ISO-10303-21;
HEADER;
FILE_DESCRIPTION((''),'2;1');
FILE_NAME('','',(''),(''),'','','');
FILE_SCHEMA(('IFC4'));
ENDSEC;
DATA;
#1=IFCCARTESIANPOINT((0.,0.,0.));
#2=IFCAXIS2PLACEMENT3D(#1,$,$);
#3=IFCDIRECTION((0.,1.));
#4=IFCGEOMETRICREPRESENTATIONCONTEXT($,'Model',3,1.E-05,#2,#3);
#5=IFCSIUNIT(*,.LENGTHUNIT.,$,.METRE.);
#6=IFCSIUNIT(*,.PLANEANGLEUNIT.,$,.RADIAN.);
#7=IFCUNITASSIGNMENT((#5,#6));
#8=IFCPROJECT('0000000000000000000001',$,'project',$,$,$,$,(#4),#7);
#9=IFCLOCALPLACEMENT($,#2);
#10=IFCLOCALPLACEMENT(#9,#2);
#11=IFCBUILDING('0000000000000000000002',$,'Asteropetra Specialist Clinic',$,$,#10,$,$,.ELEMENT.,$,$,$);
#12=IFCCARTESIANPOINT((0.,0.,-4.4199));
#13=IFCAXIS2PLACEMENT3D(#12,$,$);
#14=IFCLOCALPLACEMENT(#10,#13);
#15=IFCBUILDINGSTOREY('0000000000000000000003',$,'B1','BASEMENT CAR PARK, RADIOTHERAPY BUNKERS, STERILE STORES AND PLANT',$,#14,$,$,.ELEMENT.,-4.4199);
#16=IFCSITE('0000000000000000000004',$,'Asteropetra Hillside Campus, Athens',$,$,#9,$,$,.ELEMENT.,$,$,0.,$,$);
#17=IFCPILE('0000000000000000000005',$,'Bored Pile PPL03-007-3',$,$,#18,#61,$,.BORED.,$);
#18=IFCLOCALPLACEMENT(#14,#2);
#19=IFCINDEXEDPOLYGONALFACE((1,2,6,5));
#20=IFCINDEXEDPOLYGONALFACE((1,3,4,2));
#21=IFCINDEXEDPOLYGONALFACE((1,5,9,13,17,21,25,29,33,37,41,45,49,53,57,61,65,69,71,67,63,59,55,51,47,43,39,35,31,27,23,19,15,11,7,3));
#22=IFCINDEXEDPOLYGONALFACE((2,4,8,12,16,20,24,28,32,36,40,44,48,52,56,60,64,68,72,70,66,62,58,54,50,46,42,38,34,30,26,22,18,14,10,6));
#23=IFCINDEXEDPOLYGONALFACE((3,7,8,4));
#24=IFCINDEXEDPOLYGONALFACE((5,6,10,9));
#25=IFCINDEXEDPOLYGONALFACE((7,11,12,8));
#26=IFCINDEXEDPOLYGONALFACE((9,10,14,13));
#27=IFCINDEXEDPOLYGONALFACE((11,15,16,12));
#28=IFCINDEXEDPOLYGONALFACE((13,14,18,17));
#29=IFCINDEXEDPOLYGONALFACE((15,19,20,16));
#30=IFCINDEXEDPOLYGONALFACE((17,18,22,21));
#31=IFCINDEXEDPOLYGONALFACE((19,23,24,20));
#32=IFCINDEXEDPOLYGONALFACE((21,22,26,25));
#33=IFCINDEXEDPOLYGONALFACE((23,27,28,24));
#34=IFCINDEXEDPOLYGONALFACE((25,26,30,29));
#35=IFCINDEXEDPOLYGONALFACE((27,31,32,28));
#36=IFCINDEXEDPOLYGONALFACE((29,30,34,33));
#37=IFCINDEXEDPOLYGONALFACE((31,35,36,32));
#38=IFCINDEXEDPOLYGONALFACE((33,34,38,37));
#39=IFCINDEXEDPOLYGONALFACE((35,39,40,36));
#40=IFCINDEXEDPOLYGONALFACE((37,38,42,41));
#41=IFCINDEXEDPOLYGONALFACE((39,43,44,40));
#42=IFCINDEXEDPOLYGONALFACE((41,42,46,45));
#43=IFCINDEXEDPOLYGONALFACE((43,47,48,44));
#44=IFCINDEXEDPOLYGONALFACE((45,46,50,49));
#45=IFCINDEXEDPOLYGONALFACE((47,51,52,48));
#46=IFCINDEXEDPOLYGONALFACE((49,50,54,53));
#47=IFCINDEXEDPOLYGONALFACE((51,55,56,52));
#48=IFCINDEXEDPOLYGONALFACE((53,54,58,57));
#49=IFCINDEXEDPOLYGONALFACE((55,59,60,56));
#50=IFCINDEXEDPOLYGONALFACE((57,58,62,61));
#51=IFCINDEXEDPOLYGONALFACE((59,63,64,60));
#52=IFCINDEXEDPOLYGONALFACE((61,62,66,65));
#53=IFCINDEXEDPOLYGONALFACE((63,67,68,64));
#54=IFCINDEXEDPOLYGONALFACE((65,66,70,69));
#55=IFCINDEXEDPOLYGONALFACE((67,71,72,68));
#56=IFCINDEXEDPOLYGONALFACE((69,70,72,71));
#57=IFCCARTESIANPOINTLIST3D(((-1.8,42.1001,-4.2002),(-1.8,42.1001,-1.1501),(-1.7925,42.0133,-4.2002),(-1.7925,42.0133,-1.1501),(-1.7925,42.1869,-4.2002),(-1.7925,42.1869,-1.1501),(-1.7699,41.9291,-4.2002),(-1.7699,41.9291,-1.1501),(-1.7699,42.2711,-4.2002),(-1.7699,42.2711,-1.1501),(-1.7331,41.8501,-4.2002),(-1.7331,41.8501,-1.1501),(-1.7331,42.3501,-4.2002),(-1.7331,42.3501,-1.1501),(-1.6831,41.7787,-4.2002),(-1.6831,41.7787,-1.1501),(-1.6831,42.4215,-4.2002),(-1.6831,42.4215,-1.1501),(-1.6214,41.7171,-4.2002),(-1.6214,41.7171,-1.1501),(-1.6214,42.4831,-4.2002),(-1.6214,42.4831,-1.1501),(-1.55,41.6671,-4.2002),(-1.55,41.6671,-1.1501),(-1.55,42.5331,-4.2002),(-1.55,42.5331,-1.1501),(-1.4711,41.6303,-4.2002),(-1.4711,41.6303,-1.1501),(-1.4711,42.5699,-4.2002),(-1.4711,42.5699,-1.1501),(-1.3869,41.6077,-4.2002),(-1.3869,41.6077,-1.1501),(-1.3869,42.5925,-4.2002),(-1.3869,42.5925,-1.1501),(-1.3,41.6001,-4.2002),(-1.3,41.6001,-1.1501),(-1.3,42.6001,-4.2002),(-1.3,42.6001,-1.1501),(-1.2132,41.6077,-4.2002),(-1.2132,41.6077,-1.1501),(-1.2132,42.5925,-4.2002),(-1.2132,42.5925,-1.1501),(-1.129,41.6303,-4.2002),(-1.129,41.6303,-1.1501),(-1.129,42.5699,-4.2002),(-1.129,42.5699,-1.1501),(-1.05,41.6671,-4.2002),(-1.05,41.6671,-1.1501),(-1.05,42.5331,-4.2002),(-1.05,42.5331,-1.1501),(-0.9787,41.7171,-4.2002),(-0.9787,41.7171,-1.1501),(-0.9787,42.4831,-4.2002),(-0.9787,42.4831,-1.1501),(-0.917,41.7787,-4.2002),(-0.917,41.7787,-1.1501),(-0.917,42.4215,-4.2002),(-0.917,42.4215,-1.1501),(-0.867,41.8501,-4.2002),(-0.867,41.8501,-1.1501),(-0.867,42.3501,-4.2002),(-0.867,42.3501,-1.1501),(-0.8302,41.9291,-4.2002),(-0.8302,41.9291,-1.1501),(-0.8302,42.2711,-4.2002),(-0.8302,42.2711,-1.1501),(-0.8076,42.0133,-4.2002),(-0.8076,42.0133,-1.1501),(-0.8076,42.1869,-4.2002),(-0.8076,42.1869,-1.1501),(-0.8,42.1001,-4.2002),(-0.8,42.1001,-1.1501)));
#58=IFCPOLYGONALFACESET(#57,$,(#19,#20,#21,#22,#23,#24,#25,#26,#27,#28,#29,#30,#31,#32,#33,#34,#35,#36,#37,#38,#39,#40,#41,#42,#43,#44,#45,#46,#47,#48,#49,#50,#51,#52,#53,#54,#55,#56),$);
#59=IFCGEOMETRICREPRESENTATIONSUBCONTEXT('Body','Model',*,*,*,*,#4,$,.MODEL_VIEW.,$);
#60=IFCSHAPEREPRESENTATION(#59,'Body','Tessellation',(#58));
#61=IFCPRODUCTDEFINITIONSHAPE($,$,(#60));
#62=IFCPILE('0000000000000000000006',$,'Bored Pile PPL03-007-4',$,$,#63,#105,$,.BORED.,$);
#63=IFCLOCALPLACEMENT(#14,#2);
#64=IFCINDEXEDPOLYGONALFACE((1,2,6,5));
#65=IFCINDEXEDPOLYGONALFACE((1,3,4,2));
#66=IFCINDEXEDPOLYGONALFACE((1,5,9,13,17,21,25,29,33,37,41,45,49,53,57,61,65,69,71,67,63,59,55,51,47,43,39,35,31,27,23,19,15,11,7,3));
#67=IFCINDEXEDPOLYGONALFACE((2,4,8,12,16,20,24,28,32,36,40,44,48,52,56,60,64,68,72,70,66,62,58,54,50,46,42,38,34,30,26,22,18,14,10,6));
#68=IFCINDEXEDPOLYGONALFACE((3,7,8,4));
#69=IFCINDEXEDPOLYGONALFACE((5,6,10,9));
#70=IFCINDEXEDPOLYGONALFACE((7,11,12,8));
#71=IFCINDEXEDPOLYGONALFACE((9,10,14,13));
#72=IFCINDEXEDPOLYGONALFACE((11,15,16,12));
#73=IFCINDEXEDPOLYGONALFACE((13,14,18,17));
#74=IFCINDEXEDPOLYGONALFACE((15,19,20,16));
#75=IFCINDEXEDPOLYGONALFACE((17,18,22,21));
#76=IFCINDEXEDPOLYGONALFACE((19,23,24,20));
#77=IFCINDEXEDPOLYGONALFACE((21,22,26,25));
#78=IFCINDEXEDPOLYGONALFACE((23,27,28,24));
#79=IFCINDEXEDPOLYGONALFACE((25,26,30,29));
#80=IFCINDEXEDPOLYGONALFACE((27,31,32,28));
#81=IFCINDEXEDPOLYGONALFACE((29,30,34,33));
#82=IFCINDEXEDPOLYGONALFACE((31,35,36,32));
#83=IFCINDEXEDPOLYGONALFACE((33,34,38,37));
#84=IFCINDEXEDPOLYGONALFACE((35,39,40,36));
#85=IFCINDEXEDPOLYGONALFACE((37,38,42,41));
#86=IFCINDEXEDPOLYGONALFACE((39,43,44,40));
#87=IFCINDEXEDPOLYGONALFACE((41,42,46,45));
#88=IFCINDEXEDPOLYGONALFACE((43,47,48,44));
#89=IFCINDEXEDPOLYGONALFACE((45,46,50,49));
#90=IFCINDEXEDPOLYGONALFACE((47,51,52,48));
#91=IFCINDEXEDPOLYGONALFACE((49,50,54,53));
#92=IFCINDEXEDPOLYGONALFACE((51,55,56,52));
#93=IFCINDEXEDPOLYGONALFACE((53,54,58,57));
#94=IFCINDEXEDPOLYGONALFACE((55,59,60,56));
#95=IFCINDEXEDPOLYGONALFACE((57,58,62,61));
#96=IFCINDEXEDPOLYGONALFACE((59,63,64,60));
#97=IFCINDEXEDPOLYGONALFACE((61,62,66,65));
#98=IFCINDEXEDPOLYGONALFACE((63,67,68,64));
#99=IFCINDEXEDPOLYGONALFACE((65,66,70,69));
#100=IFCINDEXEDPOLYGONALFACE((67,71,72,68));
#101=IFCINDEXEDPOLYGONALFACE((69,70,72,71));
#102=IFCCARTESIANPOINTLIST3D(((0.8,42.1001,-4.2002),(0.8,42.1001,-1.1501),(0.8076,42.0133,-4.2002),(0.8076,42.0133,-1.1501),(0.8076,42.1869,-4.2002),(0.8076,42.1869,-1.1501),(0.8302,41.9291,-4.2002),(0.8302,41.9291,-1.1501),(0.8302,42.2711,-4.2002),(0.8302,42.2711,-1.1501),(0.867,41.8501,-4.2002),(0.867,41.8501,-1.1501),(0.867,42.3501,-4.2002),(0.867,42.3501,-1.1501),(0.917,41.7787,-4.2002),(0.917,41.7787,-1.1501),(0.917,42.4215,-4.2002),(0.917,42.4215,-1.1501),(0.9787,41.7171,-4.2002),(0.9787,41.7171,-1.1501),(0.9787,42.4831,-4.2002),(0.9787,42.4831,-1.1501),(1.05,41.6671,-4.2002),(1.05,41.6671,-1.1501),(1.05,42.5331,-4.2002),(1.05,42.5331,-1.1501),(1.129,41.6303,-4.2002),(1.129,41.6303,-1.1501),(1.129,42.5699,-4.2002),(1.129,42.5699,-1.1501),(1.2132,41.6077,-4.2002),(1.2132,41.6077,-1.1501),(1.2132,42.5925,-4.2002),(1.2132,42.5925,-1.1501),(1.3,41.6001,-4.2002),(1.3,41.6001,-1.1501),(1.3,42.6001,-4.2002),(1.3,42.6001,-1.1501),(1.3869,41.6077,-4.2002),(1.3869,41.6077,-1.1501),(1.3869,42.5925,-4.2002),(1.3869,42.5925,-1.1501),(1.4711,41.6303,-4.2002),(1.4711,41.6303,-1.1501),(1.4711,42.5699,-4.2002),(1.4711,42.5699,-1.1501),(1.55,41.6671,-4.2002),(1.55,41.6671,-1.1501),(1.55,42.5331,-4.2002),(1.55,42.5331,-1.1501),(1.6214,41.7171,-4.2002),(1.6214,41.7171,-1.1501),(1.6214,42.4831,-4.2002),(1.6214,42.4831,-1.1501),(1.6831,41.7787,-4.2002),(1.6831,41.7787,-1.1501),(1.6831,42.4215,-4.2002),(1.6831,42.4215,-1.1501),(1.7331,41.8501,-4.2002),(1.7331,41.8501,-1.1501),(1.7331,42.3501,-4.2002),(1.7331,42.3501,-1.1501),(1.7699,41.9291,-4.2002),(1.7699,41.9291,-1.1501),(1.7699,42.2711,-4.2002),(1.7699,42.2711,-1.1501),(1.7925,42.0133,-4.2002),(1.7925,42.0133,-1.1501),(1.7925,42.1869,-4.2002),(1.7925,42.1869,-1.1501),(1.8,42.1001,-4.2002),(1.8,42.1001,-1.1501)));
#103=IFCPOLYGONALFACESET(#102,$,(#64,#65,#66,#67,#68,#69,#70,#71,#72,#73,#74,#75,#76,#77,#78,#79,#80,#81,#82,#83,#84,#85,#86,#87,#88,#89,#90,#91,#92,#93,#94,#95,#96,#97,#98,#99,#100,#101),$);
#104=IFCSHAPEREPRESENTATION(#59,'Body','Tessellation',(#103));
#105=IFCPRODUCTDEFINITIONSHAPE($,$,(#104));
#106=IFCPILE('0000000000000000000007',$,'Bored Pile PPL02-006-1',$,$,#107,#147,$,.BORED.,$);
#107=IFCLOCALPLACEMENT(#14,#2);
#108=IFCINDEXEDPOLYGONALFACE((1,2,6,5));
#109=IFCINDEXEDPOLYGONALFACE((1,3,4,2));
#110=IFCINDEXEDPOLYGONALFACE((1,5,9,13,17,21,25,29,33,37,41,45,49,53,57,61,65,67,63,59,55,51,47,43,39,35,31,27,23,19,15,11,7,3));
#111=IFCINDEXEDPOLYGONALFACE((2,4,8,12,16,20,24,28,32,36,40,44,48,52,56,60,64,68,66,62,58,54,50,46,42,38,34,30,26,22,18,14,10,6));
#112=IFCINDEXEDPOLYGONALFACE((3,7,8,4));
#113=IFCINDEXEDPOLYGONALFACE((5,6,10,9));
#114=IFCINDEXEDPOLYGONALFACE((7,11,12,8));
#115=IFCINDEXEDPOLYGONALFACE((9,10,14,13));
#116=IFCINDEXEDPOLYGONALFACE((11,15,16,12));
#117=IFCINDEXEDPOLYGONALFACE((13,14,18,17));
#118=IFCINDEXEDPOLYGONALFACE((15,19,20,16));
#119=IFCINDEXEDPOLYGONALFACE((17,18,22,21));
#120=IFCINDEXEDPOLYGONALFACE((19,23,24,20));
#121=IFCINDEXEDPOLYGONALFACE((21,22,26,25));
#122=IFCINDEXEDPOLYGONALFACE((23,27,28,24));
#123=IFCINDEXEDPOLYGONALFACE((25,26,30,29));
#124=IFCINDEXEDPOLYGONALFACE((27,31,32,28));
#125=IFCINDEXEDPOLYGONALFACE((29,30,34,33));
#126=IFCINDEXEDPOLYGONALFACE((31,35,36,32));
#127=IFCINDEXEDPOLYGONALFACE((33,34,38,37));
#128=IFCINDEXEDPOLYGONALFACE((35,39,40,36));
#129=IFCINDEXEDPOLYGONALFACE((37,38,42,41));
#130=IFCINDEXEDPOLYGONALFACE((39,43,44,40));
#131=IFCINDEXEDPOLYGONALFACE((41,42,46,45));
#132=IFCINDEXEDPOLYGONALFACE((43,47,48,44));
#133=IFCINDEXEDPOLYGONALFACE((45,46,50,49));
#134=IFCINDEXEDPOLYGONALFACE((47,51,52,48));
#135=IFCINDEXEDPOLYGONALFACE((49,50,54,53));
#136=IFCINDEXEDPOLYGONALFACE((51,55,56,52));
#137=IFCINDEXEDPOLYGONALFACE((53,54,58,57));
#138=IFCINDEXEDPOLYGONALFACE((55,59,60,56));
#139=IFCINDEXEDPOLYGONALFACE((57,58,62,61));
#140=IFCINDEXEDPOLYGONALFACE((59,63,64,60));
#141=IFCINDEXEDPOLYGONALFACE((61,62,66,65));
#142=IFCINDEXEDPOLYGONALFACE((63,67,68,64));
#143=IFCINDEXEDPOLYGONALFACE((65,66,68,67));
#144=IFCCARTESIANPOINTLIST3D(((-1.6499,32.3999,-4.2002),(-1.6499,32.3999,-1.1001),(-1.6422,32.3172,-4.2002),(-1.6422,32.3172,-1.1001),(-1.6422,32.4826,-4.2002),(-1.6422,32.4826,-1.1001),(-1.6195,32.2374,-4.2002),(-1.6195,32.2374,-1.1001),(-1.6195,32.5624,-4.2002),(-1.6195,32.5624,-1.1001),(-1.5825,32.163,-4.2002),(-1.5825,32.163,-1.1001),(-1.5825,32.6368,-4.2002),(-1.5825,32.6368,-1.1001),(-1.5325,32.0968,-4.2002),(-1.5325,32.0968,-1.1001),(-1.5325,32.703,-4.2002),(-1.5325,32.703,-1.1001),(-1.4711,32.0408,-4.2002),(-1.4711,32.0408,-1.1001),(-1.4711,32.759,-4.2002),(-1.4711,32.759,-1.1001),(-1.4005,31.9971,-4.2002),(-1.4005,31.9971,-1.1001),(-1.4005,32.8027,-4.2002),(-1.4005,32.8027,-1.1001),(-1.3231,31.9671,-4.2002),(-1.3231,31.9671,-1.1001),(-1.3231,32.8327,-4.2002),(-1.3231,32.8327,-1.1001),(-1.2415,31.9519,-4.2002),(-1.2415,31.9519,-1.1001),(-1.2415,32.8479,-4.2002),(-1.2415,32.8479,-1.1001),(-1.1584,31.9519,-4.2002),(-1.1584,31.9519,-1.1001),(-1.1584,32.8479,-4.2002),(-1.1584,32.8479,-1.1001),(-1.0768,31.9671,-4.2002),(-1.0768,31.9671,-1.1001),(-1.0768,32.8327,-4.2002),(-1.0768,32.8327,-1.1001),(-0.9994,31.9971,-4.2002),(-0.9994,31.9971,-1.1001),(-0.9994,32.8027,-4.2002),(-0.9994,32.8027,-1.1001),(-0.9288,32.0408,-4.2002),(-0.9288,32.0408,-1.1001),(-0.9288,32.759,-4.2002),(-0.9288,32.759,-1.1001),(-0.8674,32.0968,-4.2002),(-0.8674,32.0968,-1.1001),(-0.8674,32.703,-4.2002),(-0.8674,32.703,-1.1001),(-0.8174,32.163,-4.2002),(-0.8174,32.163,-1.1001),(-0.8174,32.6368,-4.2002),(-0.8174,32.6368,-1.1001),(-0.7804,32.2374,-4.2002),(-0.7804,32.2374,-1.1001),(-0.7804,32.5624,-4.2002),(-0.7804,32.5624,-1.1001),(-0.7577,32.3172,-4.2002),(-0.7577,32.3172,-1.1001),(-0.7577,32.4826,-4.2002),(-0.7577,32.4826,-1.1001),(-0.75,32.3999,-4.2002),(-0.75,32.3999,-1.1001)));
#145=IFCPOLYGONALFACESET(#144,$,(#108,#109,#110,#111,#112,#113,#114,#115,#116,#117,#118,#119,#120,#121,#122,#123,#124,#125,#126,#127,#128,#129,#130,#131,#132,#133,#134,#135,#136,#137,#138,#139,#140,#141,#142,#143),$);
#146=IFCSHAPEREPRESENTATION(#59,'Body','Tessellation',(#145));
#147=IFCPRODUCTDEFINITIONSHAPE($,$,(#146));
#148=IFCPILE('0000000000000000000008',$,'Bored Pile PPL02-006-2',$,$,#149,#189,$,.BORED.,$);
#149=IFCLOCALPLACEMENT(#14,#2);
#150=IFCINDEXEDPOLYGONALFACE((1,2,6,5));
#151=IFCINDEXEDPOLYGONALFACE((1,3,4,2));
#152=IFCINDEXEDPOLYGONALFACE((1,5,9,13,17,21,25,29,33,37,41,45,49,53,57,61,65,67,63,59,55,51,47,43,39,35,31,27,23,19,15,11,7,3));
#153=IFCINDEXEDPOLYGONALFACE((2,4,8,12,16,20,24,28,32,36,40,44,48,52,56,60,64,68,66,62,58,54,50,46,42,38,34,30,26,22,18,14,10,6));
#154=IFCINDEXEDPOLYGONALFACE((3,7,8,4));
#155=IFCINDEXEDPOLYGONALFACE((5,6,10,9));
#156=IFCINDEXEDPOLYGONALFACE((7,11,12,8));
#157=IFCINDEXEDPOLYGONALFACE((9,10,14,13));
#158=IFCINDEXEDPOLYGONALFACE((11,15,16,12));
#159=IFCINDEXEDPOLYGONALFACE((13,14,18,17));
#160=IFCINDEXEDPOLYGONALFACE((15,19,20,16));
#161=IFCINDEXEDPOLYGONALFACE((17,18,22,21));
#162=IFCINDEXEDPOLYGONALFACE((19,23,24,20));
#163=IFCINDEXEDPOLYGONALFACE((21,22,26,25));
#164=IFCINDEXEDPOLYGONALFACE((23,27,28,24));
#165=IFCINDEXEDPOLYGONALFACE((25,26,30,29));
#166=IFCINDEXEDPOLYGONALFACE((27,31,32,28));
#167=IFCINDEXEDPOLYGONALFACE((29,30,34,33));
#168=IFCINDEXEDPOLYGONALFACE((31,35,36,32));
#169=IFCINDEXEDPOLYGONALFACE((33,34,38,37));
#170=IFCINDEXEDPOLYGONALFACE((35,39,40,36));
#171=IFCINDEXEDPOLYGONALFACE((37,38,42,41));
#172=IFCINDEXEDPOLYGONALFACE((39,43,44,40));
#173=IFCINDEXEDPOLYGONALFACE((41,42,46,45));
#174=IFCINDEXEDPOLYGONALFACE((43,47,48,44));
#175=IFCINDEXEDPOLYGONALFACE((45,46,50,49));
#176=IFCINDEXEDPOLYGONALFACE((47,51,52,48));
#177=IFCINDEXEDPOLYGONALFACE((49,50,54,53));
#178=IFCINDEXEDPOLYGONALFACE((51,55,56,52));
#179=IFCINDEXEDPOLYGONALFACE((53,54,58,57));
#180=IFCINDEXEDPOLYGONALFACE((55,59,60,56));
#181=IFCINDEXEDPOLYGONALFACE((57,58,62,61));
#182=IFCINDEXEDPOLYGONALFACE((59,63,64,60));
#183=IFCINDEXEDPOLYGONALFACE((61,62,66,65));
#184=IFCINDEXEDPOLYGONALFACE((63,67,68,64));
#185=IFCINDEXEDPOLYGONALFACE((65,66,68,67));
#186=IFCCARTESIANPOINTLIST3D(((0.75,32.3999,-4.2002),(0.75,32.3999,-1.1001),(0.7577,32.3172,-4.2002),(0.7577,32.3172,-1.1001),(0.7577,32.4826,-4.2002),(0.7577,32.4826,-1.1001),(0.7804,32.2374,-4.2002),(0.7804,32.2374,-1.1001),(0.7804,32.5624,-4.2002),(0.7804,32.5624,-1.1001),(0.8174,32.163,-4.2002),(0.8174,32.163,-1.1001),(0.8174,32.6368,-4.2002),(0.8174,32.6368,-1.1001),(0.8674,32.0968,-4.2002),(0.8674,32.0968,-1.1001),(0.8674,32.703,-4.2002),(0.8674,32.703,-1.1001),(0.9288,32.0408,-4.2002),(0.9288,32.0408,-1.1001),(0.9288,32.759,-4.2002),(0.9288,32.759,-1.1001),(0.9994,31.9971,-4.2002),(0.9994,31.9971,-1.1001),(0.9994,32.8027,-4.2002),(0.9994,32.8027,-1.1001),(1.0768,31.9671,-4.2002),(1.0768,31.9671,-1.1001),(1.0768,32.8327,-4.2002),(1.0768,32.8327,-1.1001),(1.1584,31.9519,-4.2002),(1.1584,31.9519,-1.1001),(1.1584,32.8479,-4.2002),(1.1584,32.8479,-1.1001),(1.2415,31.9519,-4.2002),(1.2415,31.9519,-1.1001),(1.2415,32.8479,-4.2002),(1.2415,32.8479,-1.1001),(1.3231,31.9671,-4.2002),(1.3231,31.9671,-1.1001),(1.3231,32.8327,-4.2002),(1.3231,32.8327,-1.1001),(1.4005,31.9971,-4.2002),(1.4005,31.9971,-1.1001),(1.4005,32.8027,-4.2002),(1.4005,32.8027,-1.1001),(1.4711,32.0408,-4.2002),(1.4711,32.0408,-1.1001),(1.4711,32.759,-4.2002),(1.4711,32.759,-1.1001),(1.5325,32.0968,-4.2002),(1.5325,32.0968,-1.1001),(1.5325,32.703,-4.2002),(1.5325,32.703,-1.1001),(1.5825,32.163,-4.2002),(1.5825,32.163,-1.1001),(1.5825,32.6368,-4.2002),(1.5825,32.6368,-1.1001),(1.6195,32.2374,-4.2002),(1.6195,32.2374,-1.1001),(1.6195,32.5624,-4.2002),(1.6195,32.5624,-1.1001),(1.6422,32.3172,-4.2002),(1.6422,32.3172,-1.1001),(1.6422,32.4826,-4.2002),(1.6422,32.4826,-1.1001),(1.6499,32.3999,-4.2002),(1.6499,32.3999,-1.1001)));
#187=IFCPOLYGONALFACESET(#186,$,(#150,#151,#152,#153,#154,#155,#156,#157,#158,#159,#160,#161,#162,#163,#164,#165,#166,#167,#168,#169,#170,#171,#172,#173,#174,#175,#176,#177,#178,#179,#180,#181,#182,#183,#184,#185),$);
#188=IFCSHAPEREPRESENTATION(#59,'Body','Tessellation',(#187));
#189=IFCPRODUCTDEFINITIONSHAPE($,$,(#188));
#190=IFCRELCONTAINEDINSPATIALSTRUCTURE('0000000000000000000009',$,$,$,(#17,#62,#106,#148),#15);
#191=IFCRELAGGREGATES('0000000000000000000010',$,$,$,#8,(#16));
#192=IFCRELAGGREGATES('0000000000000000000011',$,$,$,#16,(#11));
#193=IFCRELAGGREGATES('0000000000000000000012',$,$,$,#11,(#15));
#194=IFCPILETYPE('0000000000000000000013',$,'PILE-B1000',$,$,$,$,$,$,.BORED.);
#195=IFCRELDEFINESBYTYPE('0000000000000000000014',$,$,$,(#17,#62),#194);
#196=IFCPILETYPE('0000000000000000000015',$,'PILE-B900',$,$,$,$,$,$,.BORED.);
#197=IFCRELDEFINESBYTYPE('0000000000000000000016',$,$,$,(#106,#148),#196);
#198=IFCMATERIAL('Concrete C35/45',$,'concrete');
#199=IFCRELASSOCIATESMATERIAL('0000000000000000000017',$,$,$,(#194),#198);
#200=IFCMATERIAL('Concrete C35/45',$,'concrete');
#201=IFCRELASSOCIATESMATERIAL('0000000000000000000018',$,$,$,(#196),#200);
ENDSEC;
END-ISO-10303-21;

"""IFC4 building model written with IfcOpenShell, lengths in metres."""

from ifc_helpers import new_model, si_unit, direction, frame, origin, origin_2d, place, context, subcontext, project, spatial, circle, extrude, material, material_profile, profile_set, type_object, element, save


model = new_model("IFC4")

# Units and contexts
model_context = context("Model", 3, precision=1e-05, world=origin(), true_north=direction((0.0, 1.0)))
body_context = subcontext(model_context, "Body", "Model", "MODEL_VIEW")
ifc_project = project(units=[si_unit("LENGTHUNIT", "METRE"), si_unit("PLANEANGLEUNIT", "RADIAN")], contexts=[model_context])

# Site, building, storey
site_placement = place(None, origin())
site = spatial("IfcSite", under=ifc_project, at=site_placement, Name="Asteropetra Hillside Campus, Athens", CompositionType="ELEMENT", RefElevation=0.0)
building_placement = place(site_placement, origin())
building = spatial("IfcBuilding", under=site, at=building_placement, Name="Asteropetra Specialist Clinic", CompositionType="ELEMENT")
storey_placement = place(building_placement, frame((0.0, 0.0, -4.4199)))
storey = spatial("IfcBuildingStorey", under=building, at=storey_placement, Name="B1", Description="BASEMENT CAR PARK, RADIOTHERAPY BUNKERS, STERILE STORES AND PLANT", CompositionType="ELEMENT", Elevation=-4.4199)

# Piles
ifc_material_1 = material(Name="Concrete C35/45", Category="concrete")
ifc_material_profile_1 = material_profile(ifc_material_1, circle(Radius=0.5, at=origin_2d()), Name="PILE D1000")
ifc_profile_set_1 = profile_set([ifc_material_profile_1], Name="Concrete C35/45")
pile_type_1 = type_object("IfcPileType", Name="PILE-B1000", PredefinedType="BORED", material=ifc_profile_set_1)
for number, where, z_axis, x_axis, name in (
    (1, (-1.3, 42.1001, -1.1501), (0.0, 0.0, -1.0), (1.0, 0.0, 0.0), "Bored Pile PPL03-007-3"),
    (2, (1.3, 42.1001, -1.1501), (0.0, 0.0, -1.0), (1.0, 0.0, 0.0), "Bored Pile PPL03-007-4"),
):
    element("IfcPile", number, at=place(storey_placement, frame(where, z_axis=z_axis, x_axis=x_axis)), inside=storey, type_object=pile_type_1, Name=name, PredefinedType="BORED", context=body_context, shape_type="SweptSolid", body=[
        extrude(circle(Radius=0.5, at=origin_2d()), origin(), (0.0, 0.0, 1.0), 3.05),
    ])
ifc_material_2 = material(Name="Concrete C35/45", Category="concrete")
ifc_material_profile_2 = material_profile(ifc_material_2, circle(Radius=0.45, at=origin_2d()), Name="PILE D900")
ifc_profile_set_2 = profile_set([ifc_material_profile_2], Name="Concrete C35/45")
pile_type_2 = type_object("IfcPileType", Name="PILE-B900", PredefinedType="BORED", material=ifc_profile_set_2)
for number, where, z_axis, x_axis, name in (
    (3, (-1.2, 32.3999, -1.1001), (0.0, 0.0, -1.0), (1.0, 0.0, 0.0), "Bored Pile PPL02-006-1"),
    (4, (1.2, 32.3999, -1.1001), (0.0, 0.0, -1.0), (1.0, 0.0, 0.0), "Bored Pile PPL02-006-2"),
):
    element("IfcPile", number, at=place(storey_placement, frame(where, z_axis=z_axis, x_axis=x_axis)), inside=storey, type_object=pile_type_2, Name=name, PredefinedType="BORED", context=body_context, shape_type="SweptSolid", body=[
        extrude(circle(Radius=0.45, at=origin_2d()), origin(), (0.0, 0.0, 1.0), 3.1001),
    ])

save(model, "model.ifc")
